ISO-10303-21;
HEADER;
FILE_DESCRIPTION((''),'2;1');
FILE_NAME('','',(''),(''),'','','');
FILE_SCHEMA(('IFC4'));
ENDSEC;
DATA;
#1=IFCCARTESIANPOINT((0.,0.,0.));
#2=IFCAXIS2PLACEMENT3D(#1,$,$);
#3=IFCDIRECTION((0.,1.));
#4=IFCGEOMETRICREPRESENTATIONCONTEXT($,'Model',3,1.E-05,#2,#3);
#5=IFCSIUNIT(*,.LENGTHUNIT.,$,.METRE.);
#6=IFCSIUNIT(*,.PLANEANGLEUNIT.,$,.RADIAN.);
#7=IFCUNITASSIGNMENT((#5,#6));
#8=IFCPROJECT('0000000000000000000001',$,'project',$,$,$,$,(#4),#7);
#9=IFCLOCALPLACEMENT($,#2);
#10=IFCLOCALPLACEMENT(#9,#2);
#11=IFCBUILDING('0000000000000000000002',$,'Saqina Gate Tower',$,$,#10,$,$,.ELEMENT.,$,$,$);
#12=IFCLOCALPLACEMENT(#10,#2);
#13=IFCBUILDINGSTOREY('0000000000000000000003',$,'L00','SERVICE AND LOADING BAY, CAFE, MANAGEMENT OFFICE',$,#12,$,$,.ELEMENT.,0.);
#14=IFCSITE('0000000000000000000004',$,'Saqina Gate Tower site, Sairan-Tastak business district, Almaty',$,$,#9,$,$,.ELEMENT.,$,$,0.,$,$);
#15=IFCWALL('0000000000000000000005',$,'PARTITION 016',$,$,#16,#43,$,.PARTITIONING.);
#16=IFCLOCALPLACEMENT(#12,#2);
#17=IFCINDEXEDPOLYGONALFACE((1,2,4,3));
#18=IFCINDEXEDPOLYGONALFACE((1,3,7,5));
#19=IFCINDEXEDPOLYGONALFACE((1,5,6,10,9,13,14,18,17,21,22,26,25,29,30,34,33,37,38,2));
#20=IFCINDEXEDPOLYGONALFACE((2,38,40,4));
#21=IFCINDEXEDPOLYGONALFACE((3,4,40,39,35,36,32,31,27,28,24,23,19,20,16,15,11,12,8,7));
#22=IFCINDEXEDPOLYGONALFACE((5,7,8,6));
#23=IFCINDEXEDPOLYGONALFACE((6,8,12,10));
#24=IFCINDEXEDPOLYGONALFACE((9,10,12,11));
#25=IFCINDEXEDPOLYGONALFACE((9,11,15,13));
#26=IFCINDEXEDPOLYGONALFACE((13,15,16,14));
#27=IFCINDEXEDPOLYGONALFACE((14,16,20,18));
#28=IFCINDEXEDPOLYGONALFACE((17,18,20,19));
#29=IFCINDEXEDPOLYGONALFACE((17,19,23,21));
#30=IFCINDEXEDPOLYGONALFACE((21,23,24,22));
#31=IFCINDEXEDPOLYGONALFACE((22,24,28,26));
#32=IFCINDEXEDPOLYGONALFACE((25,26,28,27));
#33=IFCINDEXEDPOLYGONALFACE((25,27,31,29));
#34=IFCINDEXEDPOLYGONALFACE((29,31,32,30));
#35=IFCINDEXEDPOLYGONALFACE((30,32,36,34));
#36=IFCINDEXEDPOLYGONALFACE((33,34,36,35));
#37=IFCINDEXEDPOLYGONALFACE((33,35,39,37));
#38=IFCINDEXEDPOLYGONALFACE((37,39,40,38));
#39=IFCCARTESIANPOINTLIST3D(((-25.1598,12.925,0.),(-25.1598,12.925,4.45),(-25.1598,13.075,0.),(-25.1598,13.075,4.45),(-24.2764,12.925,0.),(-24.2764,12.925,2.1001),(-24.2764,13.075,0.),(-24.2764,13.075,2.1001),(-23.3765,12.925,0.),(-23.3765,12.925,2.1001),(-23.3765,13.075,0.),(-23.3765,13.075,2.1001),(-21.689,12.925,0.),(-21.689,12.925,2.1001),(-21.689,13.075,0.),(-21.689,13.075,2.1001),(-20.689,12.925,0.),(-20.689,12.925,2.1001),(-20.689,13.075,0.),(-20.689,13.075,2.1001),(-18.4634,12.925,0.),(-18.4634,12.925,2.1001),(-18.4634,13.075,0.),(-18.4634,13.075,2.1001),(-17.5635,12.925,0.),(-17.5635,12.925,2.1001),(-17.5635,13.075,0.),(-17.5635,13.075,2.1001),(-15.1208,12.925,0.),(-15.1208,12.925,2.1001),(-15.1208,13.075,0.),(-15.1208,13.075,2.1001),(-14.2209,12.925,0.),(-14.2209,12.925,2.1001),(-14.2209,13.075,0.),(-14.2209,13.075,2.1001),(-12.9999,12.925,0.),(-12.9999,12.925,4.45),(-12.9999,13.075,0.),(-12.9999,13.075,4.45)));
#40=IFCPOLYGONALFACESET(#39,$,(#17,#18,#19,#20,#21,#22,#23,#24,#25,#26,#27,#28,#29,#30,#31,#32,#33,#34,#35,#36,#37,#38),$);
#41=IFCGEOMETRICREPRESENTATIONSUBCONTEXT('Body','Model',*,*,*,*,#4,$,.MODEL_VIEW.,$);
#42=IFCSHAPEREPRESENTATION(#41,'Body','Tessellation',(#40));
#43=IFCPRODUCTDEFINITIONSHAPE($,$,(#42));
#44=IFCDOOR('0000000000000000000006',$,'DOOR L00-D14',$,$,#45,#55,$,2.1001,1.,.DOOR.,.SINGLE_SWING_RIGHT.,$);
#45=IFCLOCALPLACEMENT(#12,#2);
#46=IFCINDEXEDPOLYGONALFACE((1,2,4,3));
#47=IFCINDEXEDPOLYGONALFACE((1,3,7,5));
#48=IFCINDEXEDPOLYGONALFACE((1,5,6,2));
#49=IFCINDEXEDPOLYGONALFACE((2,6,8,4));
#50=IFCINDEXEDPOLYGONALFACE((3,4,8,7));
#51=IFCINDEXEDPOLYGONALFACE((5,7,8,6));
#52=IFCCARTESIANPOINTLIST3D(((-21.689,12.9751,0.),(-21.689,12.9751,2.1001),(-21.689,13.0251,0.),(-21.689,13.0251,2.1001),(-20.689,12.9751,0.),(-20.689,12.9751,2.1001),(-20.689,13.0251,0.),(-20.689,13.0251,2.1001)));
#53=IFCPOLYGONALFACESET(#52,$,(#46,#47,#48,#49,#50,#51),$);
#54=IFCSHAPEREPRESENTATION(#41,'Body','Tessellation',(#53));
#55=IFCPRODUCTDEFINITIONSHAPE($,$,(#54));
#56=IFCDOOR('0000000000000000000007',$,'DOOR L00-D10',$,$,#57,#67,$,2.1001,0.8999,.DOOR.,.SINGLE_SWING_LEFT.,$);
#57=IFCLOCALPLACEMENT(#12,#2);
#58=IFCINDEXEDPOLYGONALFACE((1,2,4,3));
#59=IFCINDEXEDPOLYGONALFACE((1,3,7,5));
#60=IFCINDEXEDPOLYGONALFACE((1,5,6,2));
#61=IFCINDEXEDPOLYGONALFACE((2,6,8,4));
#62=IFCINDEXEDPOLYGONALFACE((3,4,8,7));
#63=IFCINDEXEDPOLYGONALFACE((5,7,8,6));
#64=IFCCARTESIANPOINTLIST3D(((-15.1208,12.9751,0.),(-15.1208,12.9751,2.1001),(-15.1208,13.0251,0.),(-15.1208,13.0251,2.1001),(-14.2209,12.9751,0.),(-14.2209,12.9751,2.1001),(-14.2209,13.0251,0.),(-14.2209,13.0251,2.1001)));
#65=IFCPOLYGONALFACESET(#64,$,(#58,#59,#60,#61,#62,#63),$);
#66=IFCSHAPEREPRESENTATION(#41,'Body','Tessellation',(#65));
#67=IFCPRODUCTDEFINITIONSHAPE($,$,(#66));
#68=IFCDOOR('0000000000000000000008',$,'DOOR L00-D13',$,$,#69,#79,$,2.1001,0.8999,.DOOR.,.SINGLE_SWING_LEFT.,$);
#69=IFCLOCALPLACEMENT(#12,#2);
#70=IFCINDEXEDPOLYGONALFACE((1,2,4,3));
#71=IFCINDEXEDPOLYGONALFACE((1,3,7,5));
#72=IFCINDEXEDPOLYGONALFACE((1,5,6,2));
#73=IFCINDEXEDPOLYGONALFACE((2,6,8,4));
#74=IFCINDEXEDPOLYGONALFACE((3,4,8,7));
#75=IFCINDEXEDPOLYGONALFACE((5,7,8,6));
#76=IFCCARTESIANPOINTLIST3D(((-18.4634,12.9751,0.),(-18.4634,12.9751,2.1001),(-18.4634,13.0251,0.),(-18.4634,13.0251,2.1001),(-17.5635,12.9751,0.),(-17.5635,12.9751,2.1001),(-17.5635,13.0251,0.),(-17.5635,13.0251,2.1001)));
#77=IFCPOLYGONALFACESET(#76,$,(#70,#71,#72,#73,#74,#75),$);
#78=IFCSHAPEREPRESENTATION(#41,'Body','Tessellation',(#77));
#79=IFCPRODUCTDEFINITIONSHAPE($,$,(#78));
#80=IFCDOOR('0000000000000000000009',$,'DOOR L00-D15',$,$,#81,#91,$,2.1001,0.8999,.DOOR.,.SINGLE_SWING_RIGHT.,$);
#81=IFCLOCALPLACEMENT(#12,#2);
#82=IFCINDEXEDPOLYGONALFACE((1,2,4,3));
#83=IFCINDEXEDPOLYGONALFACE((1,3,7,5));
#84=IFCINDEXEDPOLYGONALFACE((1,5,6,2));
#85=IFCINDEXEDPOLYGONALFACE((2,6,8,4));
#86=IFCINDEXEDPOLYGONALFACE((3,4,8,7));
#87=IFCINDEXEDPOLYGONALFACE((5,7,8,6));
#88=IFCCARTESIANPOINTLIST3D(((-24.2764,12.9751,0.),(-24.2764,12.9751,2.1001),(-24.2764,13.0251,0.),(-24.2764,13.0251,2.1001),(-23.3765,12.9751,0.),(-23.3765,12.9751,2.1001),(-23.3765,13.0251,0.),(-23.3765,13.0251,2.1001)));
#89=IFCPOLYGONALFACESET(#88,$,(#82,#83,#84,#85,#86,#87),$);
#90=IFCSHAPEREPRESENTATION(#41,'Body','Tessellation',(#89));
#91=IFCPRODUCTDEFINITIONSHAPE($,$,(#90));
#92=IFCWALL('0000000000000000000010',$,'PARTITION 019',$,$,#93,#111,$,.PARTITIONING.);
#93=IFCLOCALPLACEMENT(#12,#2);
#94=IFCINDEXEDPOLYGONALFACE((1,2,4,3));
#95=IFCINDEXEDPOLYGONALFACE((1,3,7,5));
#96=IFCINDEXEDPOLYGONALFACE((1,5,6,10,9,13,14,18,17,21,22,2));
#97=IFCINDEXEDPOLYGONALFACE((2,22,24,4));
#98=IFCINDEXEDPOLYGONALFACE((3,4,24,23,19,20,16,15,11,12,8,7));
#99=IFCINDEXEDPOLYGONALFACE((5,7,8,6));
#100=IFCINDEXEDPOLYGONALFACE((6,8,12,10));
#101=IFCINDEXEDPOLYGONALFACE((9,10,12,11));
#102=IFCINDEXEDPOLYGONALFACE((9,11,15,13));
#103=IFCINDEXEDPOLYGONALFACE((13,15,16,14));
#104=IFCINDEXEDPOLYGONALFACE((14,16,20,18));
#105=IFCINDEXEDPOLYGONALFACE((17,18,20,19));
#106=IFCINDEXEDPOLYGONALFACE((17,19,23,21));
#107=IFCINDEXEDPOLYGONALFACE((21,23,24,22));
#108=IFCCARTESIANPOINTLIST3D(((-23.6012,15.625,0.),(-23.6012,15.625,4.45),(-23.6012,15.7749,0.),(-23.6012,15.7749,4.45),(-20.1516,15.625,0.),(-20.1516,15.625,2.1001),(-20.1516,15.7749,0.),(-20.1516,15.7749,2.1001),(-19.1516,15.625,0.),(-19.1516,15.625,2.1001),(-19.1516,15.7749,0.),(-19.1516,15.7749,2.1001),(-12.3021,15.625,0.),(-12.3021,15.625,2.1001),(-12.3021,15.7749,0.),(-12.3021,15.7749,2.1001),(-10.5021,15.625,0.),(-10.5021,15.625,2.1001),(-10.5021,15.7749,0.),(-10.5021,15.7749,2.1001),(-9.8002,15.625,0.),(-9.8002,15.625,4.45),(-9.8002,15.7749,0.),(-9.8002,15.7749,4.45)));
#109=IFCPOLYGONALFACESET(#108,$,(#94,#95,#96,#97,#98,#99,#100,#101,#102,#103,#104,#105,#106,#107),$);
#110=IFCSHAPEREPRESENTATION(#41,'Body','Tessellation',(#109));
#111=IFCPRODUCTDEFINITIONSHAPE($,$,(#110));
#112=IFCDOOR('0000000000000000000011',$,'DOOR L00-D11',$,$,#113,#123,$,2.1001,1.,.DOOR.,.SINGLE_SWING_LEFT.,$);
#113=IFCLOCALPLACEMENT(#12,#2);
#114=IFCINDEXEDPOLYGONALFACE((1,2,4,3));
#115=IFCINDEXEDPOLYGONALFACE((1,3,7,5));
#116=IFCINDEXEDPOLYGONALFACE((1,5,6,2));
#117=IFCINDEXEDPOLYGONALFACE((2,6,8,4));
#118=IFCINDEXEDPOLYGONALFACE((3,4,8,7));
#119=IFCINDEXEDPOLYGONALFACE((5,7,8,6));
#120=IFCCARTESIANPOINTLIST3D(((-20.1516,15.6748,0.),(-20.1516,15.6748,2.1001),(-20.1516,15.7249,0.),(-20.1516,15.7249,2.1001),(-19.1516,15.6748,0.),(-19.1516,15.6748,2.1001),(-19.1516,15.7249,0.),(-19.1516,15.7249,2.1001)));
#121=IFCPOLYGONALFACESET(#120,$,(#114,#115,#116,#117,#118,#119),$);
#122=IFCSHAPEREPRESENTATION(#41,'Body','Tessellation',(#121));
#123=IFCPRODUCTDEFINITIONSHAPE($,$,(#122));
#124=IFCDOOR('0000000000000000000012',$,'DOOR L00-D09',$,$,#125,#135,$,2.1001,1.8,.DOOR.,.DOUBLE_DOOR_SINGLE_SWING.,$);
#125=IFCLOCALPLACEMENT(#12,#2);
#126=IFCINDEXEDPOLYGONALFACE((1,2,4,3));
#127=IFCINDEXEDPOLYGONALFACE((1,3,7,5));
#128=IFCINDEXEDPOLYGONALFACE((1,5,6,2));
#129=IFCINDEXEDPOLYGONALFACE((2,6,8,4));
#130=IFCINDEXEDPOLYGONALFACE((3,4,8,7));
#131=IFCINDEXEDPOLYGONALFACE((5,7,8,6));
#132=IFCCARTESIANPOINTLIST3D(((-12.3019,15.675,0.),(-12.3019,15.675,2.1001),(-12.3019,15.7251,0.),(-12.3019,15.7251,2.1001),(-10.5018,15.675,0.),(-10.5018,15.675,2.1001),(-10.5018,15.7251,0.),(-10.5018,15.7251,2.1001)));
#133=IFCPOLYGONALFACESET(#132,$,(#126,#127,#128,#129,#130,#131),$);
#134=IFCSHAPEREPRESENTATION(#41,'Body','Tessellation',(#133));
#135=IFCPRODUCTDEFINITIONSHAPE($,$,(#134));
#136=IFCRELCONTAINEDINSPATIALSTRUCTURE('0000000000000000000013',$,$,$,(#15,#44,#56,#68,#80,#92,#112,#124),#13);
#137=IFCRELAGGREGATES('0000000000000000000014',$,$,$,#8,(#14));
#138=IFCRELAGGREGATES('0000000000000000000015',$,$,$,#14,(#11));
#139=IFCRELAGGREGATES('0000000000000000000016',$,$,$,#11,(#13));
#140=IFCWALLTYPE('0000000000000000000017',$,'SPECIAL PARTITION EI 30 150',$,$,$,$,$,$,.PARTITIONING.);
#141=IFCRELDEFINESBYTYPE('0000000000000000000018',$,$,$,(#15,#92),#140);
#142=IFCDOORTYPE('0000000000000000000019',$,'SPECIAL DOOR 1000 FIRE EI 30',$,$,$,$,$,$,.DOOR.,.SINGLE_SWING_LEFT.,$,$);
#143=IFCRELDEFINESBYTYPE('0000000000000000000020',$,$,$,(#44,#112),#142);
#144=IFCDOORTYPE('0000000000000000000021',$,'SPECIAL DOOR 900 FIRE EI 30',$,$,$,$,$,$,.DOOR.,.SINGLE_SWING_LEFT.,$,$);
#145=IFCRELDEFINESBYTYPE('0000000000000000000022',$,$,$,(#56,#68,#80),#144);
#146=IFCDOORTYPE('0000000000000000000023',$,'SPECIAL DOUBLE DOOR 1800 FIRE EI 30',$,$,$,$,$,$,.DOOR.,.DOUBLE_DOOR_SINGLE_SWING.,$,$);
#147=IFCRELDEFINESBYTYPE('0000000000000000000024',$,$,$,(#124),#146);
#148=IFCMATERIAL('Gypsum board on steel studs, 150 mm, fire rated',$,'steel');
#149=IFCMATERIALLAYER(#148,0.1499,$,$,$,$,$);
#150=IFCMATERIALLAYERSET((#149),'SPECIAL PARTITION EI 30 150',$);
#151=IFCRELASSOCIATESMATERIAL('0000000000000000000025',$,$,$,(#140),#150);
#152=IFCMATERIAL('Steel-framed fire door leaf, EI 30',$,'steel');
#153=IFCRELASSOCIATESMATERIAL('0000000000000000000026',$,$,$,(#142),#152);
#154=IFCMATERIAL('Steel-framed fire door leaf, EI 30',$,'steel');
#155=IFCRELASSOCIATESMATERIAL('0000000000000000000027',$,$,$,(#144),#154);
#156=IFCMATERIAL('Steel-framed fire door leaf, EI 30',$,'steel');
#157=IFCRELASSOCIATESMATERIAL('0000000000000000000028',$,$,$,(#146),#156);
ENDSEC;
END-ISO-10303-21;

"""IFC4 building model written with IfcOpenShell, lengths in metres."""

from ifc_helpers import new_model, si_unit, direction, frame, frame_2d, origin, place, context, subcontext, project, spatial, rectangle, extrude, material, layer, layer_set, type_object, element, fill, save


model = new_model("IFC4")

# Units and contexts
model_context = context("Model", 3, precision=1e-05, world=origin(), true_north=direction((0.0, 1.0)))
body_context = subcontext(model_context, "Body", "Model", "MODEL_VIEW")
ifc_project = project(units=[si_unit("LENGTHUNIT", "METRE"), si_unit("PLANEANGLEUNIT", "RADIAN")], contexts=[model_context])

# Site, building, storey
site_placement = place(None, origin())
site = spatial("IfcSite", under=ifc_project, at=site_placement, Name="Saqina Gate Tower site, Sairan-Tastak business district, Almaty", CompositionType="ELEMENT", RefElevation=0.0)
building_placement = place(site_placement, origin())
building = spatial("IfcBuilding", under=site, at=building_placement, Name="Saqina Gate Tower", CompositionType="ELEMENT")
storey_placement = place(building_placement, origin())
storey = spatial("IfcBuildingStorey", under=building, at=storey_placement, Name="L00", Description="SERVICE AND LOADING BAY, CAFE, MANAGEMENT OFFICE", CompositionType="ELEMENT", Elevation=0.0)

# Walls, openings, doors
ifc_material_1 = material(Name="Gypsum board on steel studs, 150 mm, fire rated", Category="steel")
ifc_layer_1 = layer(ifc_material_1, 0.1499)
ifc_layer_set_1 = layer_set([ifc_layer_1], Name="SPECIAL PARTITION EI 30 150")
wall_type_1 = type_object("IfcWallType", Name="SPECIAL PARTITION EI 30 150", PredefinedType="PARTITIONING", material=ifc_layer_set_1)
wall_1_placement = place(storey_placement, frame((-25.1599, 13.0, 0.0), z_axis=(0.0, 0.0, 1.0), x_axis=(1.0, 0.0, 0.0)))
wall_1 = element("IfcWall", 1, at=wall_1_placement, inside=storey, type_object=wall_type_1, Name="PARTITION 016", PredefinedType="PARTITIONING", context=body_context, shape_type="SweptSolid", body=[
    extrude(rectangle(XDim=12.1599, YDim=0.1499, at=frame_2d((6.0801, 0.0))), origin(), (0.0, 0.0, 1.0), 4.45),
])
opening_1_placement = place(wall_1_placement, frame((10.0391, 0.0, 0.0)))
opening_1 = element("IfcOpeningElement", 2, at=opening_1_placement, cuts=wall_1, PredefinedType="OPENING", context=body_context, shape_type="SweptSolid", body=[
    extrude(rectangle(XDim=0.8999, YDim=2.1001, at=frame_2d((0.45, 1.05))), frame((0.0, 0.0869, 0.0), z_axis=(0.0, -1.0, 0.0), x_axis=(1.0, 0.0, 0.0)), (0.0, 0.0, 1.0), 0.1738),
])
opening_2_placement = place(wall_1_placement, frame((6.6965, 0.0, 0.0)))
opening_2 = element("IfcOpeningElement", 3, at=opening_2_placement, cuts=wall_1, PredefinedType="OPENING", context=body_context, shape_type="SweptSolid", body=[
    extrude(rectangle(XDim=0.8999, YDim=2.1001, at=frame_2d((0.45, 1.05))), frame((0.0, 0.0869, 0.0), z_axis=(0.0, -1.0, 0.0), x_axis=(1.0, 0.0, 0.0)), (0.0, 0.0, 1.0), 0.1738),
])
opening_3_placement = place(wall_1_placement, frame((3.4709, 0.0, 0.0)))
opening_3 = element("IfcOpeningElement", 4, at=opening_3_placement, cuts=wall_1, PredefinedType="OPENING", context=body_context, shape_type="SweptSolid", body=[
    extrude(rectangle(XDim=1.0, YDim=2.1001, at=frame_2d((0.5, 1.05))), frame((0.0, 0.0869, 0.0), z_axis=(0.0, -1.0, 0.0), x_axis=(1.0, 0.0, 0.0)), (0.0, 0.0, 1.0), 0.1738),
])
opening_4_placement = place(wall_1_placement, frame((0.8835, 0.0, 0.0)))
opening_4 = element("IfcOpeningElement", 5, at=opening_4_placement, cuts=wall_1, PredefinedType="OPENING", context=body_context, shape_type="SweptSolid", body=[
    extrude(rectangle(XDim=0.8999, YDim=2.1001, at=frame_2d((0.45, 1.05))), frame((0.0, 0.0869, 0.0), z_axis=(0.0, -1.0, 0.0), x_axis=(1.0, 0.0, 0.0)), (0.0, 0.0, 1.0), 0.1738),
])
ifc_material_2 = material(Name="Steel-framed fire door leaf, EI 30", Category="steel")
door_type_1 = type_object("IfcDoorType", Name="SPECIAL DOOR 1000 FIRE EI 30", OperationType="SINGLE_SWING_LEFT", PredefinedType="DOOR", material=ifc_material_2)
door_1_placement = place(opening_3_placement, frame((1.0, 0.0, 0.0), z_axis=(0.0, 0.0, 1.0), x_axis=(-1.0, 0.0, 0.0)))
door_1 = element("IfcDoor", 6, at=door_1_placement, inside=storey, type_object=door_type_1, Name="DOOR L00-D14", OperationType="SINGLE_SWING_RIGHT", OverallHeight=2.1001, OverallWidth=1.0, PredefinedType="DOOR", context=body_context, shape_type="SweptSolid", body=[
    extrude(rectangle(XDim=1.0, YDim=2.1001, at=frame_2d((0.5, 1.05))), frame((0.0, 0.0249, 0.0), z_axis=(0.0, -1.0, 0.0), x_axis=(1.0, 0.0, 0.0)), (0.0, 0.0, 1.0), 0.05),
])
fill(opening_3, door_1)
ifc_material_3 = material(Name="Steel-framed fire door leaf, EI 30", Category="steel")
door_type_2 = type_object("IfcDoorType", Name="SPECIAL DOOR 900 FIRE EI 30", OperationType="SINGLE_SWING_LEFT", PredefinedType="DOOR", material=ifc_material_3)
door_2_placement = place(opening_1_placement, frame((0.8999, 0.0, 0.0), z_axis=(0.0, 0.0, 1.0), x_axis=(-1.0, 0.0, 0.0)))
door_2 = element("IfcDoor", 7, at=door_2_placement, inside=storey, type_object=door_type_2, Name="DOOR L00-D10", OperationType="SINGLE_SWING_LEFT", OverallHeight=2.1001, OverallWidth=0.8999, PredefinedType="DOOR", context=body_context, shape_type="SweptSolid", body=[
    extrude(rectangle(XDim=0.8999, YDim=2.1001, at=frame_2d((0.45, 1.05))), frame((0.0, 0.0249, 0.0), z_axis=(0.0, -1.0, 0.0), x_axis=(1.0, 0.0, 0.0)), (0.0, 0.0, 1.0), 0.05),
])
fill(opening_1, door_2)
door_3_placement = place(opening_2_placement, frame((0.8999, 0.0, 0.0), z_axis=(0.0, 0.0, 1.0), x_axis=(-1.0, 0.0, 0.0)))
door_3 = element("IfcDoor", 8, at=door_3_placement, inside=storey, type_object=door_type_2, Name="DOOR L00-D13", OperationType="SINGLE_SWING_LEFT", OverallHeight=2.1001, OverallWidth=0.8999, PredefinedType="DOOR", context=body_context, shape_type="SweptSolid", body=[
    extrude(rectangle(XDim=0.8999, YDim=2.1001, at=frame_2d((0.45, 1.05))), frame((0.0, 0.0249, 0.0), z_axis=(0.0, -1.0, 0.0), x_axis=(1.0, 0.0, 0.0)), (0.0, 0.0, 1.0), 0.05),
])
fill(opening_2, door_3)
door_4_placement = place(opening_4_placement, frame((0.8999, 0.0, 0.0), z_axis=(0.0, 0.0, 1.0), x_axis=(-1.0, 0.0, 0.0)))
door_4 = element("IfcDoor", 9, at=door_4_placement, inside=storey, type_object=door_type_2, Name="DOOR L00-D15", OperationType="SINGLE_SWING_RIGHT", OverallHeight=2.1001, OverallWidth=0.8999, PredefinedType="DOOR", context=body_context, shape_type="SweptSolid", body=[
    extrude(rectangle(XDim=0.8999, YDim=2.1001, at=frame_2d((0.45, 1.05))), frame((0.0, 0.0249, 0.0), z_axis=(0.0, -1.0, 0.0), x_axis=(1.0, 0.0, 0.0)), (0.0, 0.0, 1.0), 0.05),
])
fill(opening_4, door_4)
wall_2_placement = place(storey_placement, frame((-23.6011, 15.7, 0.0), z_axis=(0.0, 0.0, 1.0), x_axis=(1.0, 0.0, 0.0)))
wall_2 = element("IfcWall", 10, at=wall_2_placement, inside=storey, type_object=wall_type_1, Name="PARTITION 019", PredefinedType="PARTITIONING", context=body_context, shape_type="SweptSolid", body=[
    extrude(rectangle(XDim=13.801, YDim=0.1499, at=frame_2d((6.9004, 0.0))), origin(), (0.0, 0.0, 1.0), 4.45),
])
opening_5_placement = place(wall_2_placement, frame((11.2991, 0.0, 0.0)))
opening_5 = element("IfcOpeningElement", 11, at=opening_5_placement, cuts=wall_2, PredefinedType="OPENING", context=body_context, shape_type="SweptSolid", body=[
    extrude(rectangle(XDim=1.8, YDim=2.1001, at=frame_2d((0.8999, 1.05))), frame((0.0, 0.0869, 0.0), z_axis=(0.0, -1.0, 0.0), x_axis=(1.0, 0.0, 0.0)), (0.0, 0.0, 1.0), 0.1738),
])
opening_6_placement = place(wall_2_placement, frame((3.4495, 0.0, 0.0)))
opening_6 = element("IfcOpeningElement", 12, at=opening_6_placement, cuts=wall_2, PredefinedType="OPENING", context=body_context, shape_type="SweptSolid", body=[
    extrude(rectangle(XDim=1.0, YDim=2.1001, at=frame_2d((0.5, 1.05))), frame((0.0, 0.0869, 0.0), z_axis=(0.0, -1.0, 0.0), x_axis=(1.0, 0.0, 0.0)), (0.0, 0.0, 1.0), 0.1738),
])
door_5_placement = place(opening_6_placement, origin())
door_5 = element("IfcDoor", 13, at=door_5_placement, inside=storey, type_object=door_type_1, Name="DOOR L00-D11", OperationType="SINGLE_SWING_LEFT", OverallHeight=2.1001, OverallWidth=1.0, PredefinedType="DOOR", context=body_context, shape_type="SweptSolid", body=[
    extrude(rectangle(XDim=1.0, YDim=2.1001, at=frame_2d((0.5, 1.05))), frame((0.0, 0.0249, 0.0), z_axis=(0.0, -1.0, 0.0), x_axis=(1.0, 0.0, 0.0)), (0.0, 0.0, 1.0), 0.05),
])
fill(opening_6, door_5)
ifc_material_4 = material(Name="Steel-framed fire door leaf, EI 30", Category="steel")
door_type_3 = type_object("IfcDoorType", Name="SPECIAL DOUBLE DOOR 1800 FIRE EI 30", OperationType="DOUBLE_DOOR_SINGLE_SWING", PredefinedType="DOOR", material=ifc_material_4)
door_6_placement = place(opening_5_placement, frame((1.8, 0.0, 0.0), z_axis=(0.0, 0.0, 1.0), x_axis=(-1.0, 0.0, 0.0)))
door_6 = element("IfcDoor", 14, at=door_6_placement, inside=storey, type_object=door_type_3, Name="DOOR L00-D09", OperationType="DOUBLE_DOOR_SINGLE_SWING", OverallHeight=2.1001, OverallWidth=1.8, PredefinedType="DOOR", context=body_context, shape_type="SweptSolid", body=[
    extrude(rectangle(XDim=1.8, YDim=2.1001, at=frame_2d((0.8999, 1.05))), frame((0.0, 0.0249, 0.0), z_axis=(0.0, -1.0, 0.0), x_axis=(1.0, 0.0, 0.0)), (0.0, 0.0, 1.0), 0.05),
])
fill(opening_5, door_6)

save(model, "model.ifc")
